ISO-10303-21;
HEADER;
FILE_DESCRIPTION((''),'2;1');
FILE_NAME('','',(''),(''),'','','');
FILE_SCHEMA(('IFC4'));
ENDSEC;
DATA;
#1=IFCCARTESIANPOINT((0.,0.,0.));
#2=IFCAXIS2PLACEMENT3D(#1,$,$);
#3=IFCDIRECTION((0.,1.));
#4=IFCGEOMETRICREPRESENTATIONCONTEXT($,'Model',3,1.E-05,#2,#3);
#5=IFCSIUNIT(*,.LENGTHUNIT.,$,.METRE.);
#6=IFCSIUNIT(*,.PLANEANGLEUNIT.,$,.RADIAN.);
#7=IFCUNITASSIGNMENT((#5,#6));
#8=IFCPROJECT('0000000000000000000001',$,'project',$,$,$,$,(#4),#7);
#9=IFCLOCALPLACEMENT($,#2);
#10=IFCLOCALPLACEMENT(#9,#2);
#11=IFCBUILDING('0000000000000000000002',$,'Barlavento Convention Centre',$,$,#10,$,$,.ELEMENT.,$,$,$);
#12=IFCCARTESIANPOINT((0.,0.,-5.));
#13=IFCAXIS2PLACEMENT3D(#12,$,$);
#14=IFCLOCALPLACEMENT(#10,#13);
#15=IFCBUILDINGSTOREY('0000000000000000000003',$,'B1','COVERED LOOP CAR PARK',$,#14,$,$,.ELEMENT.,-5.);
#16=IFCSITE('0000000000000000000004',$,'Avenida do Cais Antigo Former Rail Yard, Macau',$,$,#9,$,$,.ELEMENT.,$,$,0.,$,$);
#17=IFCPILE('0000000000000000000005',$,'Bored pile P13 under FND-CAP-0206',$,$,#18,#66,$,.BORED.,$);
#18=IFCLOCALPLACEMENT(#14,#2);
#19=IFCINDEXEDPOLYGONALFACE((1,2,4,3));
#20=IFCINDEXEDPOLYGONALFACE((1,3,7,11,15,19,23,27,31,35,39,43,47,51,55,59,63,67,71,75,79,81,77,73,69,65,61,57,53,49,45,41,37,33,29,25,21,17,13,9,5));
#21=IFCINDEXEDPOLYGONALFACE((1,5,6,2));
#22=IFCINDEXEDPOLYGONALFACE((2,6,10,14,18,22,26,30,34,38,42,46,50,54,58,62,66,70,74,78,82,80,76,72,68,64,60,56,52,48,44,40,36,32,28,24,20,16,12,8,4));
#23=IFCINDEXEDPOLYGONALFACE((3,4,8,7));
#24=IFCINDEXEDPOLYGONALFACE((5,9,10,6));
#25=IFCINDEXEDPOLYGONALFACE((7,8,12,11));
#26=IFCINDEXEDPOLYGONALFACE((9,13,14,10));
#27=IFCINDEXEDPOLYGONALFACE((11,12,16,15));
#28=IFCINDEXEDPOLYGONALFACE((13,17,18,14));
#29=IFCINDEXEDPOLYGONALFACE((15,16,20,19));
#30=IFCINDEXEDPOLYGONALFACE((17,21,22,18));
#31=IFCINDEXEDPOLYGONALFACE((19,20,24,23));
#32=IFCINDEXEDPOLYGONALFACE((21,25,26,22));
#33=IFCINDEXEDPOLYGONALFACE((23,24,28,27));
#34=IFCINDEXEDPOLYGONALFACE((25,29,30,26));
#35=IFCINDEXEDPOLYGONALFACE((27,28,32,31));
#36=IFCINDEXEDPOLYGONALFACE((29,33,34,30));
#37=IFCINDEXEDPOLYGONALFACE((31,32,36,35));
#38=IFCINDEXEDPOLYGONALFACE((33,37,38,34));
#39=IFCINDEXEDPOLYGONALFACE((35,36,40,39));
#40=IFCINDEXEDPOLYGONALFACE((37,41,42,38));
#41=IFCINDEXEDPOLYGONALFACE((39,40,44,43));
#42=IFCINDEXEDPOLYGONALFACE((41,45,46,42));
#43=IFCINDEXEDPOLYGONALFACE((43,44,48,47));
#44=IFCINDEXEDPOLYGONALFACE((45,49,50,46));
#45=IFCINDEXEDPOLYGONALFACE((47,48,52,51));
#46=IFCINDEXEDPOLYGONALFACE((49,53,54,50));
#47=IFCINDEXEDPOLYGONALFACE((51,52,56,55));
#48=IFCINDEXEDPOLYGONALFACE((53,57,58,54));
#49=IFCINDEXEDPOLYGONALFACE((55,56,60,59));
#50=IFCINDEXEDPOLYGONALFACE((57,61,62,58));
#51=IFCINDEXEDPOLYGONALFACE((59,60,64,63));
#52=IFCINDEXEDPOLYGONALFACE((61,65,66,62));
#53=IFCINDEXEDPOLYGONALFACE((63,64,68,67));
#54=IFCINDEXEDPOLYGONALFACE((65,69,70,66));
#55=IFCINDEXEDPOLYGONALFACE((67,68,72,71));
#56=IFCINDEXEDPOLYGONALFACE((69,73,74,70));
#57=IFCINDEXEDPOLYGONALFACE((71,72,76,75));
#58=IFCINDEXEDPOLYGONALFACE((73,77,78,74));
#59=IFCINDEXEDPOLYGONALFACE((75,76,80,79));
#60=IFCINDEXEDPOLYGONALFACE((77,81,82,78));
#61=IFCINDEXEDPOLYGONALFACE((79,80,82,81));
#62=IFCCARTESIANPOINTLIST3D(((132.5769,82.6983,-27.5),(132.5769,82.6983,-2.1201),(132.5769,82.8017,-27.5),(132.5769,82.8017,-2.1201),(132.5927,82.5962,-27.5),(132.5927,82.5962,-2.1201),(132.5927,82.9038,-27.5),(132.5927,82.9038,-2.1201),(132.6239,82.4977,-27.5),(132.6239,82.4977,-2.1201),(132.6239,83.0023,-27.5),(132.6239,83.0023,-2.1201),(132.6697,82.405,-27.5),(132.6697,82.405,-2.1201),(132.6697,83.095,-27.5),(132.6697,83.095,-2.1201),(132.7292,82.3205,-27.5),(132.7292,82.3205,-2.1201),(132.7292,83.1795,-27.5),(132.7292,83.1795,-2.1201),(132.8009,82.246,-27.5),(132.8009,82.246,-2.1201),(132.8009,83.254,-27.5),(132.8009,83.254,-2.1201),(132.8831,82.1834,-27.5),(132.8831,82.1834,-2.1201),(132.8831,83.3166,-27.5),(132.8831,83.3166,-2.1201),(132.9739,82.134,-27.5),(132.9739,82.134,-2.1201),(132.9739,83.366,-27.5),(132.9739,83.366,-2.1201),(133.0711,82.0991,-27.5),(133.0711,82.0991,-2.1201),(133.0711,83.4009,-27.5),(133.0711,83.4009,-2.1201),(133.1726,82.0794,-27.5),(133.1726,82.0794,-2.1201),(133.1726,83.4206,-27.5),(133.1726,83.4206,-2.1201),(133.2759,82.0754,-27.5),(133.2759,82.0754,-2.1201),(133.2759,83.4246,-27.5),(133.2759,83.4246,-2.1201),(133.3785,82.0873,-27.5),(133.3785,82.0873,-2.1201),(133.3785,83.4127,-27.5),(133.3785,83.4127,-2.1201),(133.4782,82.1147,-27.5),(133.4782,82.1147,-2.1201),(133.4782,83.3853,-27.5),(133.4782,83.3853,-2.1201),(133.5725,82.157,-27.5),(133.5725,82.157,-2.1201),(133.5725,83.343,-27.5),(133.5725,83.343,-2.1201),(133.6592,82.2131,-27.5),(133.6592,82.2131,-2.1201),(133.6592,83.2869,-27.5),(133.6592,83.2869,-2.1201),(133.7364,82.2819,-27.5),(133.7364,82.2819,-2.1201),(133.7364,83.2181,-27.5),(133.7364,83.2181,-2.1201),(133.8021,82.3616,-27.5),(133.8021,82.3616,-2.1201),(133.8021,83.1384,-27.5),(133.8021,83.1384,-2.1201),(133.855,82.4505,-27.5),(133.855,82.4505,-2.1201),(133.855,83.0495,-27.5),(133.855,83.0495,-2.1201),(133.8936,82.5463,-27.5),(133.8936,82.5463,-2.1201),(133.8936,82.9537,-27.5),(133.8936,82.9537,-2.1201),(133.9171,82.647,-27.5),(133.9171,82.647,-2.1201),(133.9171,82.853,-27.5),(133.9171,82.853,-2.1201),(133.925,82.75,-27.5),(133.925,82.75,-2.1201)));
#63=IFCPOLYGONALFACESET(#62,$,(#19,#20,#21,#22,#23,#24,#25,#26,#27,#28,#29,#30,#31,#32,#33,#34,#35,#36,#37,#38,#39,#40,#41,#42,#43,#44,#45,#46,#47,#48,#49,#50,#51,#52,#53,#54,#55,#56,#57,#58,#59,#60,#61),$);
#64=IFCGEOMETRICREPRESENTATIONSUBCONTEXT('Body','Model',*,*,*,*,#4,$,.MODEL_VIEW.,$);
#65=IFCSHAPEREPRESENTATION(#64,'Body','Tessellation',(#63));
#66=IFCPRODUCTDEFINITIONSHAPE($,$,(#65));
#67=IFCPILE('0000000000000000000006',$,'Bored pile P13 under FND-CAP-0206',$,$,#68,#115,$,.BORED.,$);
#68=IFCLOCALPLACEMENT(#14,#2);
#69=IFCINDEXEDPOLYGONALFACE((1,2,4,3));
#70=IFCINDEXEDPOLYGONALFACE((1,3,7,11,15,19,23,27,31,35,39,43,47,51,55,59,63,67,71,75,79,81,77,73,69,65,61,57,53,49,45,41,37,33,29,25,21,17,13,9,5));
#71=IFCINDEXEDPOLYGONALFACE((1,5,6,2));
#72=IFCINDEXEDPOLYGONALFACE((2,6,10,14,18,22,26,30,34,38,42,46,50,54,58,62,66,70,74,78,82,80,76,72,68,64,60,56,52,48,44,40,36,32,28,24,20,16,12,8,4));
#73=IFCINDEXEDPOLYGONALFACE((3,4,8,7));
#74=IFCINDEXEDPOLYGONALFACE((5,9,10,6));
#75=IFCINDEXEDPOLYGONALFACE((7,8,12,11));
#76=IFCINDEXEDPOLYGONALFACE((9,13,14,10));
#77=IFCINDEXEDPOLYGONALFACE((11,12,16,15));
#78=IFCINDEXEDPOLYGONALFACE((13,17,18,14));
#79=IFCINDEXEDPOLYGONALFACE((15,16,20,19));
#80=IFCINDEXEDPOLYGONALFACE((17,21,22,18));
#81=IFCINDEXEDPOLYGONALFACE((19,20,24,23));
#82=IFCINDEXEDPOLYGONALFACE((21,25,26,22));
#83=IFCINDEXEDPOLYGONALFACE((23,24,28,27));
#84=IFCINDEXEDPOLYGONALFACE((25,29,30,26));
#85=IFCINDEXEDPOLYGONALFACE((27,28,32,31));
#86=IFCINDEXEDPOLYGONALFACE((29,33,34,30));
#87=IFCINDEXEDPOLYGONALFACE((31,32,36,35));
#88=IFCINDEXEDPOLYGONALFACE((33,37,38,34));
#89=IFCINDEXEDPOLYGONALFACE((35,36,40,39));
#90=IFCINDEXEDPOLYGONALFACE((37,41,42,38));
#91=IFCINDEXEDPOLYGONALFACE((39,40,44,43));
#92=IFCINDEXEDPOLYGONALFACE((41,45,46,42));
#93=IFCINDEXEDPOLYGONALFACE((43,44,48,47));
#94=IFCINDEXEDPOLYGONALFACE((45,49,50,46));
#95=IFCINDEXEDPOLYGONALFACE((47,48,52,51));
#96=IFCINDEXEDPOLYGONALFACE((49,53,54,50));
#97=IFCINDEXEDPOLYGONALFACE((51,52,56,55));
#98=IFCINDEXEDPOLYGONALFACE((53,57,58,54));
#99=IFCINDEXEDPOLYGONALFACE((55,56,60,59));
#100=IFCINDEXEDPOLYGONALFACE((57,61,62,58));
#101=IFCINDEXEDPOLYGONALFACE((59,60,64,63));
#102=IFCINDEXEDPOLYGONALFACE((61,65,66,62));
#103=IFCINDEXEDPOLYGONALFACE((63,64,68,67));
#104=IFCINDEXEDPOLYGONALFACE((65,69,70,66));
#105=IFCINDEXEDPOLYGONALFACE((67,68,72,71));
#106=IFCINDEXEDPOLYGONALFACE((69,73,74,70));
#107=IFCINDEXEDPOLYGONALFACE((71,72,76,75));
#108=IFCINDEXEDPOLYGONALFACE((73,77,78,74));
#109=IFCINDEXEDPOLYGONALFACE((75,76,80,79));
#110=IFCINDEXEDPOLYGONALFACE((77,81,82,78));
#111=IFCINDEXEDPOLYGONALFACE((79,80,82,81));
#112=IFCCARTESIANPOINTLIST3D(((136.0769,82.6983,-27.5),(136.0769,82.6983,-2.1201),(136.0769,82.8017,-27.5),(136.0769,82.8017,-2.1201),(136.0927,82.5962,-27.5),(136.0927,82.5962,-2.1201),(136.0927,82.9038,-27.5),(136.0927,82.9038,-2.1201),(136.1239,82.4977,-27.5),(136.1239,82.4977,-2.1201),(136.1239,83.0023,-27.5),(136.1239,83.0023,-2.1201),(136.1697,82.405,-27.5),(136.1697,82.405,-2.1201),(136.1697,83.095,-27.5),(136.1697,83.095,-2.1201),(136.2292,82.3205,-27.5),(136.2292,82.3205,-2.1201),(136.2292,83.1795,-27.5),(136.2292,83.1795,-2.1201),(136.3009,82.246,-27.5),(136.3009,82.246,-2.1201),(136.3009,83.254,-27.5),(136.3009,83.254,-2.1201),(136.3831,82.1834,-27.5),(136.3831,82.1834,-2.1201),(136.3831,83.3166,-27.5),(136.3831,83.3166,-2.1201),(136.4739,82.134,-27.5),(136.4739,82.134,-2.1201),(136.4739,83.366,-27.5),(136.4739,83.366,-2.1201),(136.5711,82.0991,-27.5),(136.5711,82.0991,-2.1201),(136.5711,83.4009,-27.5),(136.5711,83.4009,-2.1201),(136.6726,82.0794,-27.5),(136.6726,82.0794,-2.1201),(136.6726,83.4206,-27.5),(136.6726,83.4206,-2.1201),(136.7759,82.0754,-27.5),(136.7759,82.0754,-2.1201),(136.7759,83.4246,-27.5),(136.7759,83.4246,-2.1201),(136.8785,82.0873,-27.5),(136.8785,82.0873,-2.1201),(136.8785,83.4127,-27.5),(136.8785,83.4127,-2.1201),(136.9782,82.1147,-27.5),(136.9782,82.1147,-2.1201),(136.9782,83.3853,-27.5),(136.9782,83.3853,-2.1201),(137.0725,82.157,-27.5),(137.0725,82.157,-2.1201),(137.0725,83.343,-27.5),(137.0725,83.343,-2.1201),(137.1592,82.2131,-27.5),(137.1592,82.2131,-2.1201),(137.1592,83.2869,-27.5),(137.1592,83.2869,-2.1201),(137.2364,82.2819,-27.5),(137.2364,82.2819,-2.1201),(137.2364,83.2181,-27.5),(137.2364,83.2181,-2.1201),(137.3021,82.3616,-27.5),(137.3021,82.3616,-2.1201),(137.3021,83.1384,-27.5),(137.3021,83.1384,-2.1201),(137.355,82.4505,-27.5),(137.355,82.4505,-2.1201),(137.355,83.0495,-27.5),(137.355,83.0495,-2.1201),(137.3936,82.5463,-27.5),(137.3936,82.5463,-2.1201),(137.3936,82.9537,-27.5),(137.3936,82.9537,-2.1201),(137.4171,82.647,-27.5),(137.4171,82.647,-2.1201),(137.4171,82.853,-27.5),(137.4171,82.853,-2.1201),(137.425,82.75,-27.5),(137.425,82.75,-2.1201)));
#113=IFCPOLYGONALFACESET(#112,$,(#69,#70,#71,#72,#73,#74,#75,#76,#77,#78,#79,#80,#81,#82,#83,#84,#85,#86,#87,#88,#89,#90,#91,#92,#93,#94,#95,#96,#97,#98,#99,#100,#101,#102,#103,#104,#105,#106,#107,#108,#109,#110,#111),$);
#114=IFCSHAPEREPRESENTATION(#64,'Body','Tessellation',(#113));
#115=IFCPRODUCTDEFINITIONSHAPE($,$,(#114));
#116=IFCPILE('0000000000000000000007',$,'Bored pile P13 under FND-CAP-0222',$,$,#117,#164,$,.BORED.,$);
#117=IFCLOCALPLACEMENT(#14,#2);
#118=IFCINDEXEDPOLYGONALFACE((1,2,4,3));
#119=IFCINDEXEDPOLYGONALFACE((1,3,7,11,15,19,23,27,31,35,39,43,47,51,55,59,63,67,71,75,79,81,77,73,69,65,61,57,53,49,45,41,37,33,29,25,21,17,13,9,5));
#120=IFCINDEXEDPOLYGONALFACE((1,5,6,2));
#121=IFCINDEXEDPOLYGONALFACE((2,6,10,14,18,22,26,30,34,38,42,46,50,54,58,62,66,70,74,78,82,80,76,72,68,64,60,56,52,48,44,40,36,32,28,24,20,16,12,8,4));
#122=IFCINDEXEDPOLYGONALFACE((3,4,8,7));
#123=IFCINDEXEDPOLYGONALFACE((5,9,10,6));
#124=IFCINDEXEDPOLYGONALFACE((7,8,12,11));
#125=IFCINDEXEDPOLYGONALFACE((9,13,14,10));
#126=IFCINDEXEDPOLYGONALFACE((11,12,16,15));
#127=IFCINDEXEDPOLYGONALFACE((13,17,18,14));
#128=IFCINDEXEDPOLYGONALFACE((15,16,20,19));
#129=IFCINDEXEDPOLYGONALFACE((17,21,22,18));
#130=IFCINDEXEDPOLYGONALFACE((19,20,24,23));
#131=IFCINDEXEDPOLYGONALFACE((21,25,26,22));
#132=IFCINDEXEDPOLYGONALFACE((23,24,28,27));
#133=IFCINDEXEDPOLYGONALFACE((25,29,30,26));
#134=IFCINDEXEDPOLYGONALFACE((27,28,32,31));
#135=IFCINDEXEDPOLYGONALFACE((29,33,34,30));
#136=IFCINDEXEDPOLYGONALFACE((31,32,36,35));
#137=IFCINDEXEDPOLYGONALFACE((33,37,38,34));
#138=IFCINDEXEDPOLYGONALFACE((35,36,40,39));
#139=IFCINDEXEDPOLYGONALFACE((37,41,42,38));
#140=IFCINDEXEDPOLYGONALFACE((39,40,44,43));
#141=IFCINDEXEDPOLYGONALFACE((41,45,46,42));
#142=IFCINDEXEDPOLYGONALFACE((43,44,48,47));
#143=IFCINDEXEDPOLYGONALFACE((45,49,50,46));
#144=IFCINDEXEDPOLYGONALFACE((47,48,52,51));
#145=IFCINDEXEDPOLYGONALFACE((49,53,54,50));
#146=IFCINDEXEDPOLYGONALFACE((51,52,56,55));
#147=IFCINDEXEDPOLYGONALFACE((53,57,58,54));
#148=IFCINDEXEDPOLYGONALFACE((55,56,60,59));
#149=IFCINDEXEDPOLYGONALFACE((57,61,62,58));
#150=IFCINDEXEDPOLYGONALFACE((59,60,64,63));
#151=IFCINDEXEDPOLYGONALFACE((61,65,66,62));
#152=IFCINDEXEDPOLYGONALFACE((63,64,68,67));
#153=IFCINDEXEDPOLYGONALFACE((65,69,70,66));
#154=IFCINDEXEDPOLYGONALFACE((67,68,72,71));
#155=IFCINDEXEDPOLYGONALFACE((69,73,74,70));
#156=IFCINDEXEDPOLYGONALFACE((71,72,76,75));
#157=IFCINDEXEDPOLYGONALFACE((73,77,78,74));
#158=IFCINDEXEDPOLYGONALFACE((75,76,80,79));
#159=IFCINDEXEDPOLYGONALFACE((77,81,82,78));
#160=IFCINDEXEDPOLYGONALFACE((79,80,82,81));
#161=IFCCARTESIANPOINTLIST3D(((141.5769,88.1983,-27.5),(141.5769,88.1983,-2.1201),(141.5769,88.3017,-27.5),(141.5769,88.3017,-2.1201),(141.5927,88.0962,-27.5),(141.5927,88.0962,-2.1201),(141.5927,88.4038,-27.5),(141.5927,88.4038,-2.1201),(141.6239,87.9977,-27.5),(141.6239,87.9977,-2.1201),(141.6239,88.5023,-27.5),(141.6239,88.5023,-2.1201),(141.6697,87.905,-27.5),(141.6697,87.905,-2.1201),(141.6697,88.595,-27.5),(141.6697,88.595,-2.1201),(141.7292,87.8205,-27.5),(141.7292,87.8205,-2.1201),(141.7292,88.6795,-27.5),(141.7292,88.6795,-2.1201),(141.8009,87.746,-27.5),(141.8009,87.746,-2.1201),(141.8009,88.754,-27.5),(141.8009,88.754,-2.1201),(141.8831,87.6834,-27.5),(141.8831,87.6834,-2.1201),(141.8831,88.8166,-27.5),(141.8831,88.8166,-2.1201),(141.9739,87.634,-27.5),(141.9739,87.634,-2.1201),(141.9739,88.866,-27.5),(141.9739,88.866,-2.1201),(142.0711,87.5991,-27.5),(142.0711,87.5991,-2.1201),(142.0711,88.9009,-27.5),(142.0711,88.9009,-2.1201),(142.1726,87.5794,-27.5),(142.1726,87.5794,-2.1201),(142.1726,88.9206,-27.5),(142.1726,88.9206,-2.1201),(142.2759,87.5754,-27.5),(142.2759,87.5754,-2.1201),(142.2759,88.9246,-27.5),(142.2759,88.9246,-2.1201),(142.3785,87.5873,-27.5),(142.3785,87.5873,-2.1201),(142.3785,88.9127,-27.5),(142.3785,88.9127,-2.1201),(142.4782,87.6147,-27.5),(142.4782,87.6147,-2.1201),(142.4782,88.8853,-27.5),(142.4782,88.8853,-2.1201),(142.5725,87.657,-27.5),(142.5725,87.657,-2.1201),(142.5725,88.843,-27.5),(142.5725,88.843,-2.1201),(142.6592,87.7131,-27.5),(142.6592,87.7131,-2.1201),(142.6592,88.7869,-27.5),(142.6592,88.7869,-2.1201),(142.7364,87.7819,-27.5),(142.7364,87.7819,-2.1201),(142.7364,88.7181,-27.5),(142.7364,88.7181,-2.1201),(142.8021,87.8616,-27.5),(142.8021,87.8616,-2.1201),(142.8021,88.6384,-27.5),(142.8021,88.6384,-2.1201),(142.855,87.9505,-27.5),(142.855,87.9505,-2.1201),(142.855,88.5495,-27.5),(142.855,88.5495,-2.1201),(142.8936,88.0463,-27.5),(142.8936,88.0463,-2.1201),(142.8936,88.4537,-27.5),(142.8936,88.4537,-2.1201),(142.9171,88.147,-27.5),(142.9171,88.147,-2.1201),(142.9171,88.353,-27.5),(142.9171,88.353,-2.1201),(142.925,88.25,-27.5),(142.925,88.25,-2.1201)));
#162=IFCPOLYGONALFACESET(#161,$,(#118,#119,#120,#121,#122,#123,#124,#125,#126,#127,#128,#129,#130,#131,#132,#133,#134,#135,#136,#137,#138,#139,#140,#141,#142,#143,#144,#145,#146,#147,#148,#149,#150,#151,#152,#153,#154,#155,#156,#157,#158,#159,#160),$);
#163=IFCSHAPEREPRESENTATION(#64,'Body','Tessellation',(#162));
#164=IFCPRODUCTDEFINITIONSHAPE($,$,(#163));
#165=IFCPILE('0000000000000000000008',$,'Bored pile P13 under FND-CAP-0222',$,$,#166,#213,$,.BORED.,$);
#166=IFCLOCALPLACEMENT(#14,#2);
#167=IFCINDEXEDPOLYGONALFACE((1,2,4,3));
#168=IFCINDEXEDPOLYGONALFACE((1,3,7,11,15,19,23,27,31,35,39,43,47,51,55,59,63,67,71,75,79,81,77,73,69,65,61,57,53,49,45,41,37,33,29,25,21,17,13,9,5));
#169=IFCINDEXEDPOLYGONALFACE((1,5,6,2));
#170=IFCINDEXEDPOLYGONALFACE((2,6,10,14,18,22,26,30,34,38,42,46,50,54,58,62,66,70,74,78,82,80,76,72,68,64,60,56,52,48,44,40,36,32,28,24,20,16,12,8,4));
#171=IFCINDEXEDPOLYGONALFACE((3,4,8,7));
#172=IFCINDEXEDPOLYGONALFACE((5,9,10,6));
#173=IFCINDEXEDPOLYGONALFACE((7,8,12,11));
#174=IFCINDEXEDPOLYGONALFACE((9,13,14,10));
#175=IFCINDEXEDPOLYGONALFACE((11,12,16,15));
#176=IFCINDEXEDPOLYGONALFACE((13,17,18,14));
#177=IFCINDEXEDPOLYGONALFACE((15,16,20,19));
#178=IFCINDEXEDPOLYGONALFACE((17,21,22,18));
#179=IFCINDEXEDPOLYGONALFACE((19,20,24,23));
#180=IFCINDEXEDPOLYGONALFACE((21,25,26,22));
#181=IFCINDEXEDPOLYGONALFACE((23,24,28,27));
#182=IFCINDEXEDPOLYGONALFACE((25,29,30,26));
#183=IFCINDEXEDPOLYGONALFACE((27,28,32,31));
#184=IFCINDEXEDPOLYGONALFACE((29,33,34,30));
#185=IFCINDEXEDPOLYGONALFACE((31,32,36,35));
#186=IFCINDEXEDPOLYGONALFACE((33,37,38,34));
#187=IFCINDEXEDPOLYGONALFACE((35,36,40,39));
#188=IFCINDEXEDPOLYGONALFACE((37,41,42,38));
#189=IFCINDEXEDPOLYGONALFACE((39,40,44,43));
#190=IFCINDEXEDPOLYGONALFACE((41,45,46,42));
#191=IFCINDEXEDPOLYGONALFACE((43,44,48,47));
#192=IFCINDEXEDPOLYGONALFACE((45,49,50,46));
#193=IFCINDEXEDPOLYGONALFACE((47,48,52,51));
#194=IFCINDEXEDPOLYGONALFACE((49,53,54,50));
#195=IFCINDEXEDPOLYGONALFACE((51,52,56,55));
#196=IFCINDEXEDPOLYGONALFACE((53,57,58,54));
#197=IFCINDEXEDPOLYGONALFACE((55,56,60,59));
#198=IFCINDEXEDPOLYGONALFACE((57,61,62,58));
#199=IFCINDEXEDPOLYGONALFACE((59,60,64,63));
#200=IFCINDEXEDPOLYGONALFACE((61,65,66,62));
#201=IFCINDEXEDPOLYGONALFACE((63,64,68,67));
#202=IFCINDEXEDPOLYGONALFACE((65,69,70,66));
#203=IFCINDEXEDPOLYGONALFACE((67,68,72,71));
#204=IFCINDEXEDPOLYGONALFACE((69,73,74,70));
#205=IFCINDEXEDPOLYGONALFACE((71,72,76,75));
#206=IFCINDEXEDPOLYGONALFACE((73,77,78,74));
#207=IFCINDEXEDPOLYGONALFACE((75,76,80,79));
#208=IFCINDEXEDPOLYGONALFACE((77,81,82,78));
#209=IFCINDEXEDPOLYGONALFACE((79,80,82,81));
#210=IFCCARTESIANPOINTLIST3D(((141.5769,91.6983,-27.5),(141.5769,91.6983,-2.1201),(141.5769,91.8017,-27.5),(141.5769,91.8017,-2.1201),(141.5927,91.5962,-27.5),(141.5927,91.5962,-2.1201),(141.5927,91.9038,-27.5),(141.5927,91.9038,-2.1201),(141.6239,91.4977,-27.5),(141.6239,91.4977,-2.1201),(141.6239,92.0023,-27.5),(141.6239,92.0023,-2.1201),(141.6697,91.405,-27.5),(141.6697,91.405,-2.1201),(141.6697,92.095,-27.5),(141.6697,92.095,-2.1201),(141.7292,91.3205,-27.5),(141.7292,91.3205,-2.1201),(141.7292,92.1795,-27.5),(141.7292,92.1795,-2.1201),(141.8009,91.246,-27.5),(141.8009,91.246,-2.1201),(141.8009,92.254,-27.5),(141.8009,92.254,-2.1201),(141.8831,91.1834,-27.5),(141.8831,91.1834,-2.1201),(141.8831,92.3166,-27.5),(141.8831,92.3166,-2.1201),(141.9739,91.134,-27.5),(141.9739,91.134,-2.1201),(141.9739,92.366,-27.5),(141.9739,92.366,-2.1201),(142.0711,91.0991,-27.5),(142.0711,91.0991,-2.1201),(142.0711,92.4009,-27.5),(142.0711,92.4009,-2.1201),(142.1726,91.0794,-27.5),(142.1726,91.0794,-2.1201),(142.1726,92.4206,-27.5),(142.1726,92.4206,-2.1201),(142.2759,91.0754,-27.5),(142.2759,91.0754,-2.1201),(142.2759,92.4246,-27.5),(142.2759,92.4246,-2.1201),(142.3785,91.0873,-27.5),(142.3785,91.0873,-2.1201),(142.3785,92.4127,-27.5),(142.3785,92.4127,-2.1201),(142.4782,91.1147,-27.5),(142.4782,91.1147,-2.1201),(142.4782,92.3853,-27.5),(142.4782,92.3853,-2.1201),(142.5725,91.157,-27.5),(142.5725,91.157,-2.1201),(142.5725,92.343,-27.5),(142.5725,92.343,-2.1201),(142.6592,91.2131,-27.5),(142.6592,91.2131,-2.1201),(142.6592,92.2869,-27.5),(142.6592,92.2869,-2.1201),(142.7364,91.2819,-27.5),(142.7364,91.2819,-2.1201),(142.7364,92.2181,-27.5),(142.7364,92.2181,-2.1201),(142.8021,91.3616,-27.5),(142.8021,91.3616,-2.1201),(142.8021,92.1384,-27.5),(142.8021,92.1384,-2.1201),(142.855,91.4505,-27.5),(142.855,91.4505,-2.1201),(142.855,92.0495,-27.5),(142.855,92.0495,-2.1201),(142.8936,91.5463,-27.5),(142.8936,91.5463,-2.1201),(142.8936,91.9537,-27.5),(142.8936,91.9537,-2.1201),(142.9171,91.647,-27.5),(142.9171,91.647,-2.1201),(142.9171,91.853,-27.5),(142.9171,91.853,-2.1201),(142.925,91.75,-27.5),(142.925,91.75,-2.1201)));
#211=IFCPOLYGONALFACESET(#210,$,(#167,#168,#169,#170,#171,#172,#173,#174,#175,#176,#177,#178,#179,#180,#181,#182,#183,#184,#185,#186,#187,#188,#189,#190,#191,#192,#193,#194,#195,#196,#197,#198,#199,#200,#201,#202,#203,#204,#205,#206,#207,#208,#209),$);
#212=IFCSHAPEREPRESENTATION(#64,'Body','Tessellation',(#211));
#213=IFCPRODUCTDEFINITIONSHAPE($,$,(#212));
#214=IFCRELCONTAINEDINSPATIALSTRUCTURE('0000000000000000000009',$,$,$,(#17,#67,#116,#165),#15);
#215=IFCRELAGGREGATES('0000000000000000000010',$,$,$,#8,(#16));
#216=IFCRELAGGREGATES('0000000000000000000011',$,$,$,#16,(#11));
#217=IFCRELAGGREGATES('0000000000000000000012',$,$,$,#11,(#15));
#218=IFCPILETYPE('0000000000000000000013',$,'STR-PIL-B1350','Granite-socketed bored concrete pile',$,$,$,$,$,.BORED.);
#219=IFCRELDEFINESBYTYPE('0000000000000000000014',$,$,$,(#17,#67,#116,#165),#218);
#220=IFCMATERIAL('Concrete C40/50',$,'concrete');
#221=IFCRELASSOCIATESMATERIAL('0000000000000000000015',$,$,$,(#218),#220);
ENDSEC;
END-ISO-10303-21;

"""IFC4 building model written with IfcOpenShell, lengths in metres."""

from ifc_helpers import new_model, si_unit, direction, frame, origin, origin_2d, place, context, subcontext, project, spatial, circle, extrude, material, material_profile, profile_set, type_object, element, save


model = new_model("IFC4")

# Units and contexts
model_context = context("Model", 3, precision=1e-05, world=origin(), true_north=direction((0.0, 1.0)))
body_context = subcontext(model_context, "Body", "Model", "MODEL_VIEW")
ifc_project = project(units=[si_unit("LENGTHUNIT", "METRE"), si_unit("PLANEANGLEUNIT", "RADIAN")], contexts=[model_context])

# Site, building, storey
site_placement = place(None, origin())
site = spatial("IfcSite", under=ifc_project, at=site_placement, Name="Avenida do Cais Antigo Former Rail Yard, Macau", CompositionType="ELEMENT", RefElevation=0.0)
building_placement = place(site_placement, origin())
building = spatial("IfcBuilding", under=site, at=building_placement, Name="Barlavento Convention Centre", CompositionType="ELEMENT")
storey_placement = place(building_placement, frame((0.0, 0.0, -5.0)))
storey = spatial("IfcBuildingStorey", under=building, at=storey_placement, Name="B1", Description="COVERED LOOP CAR PARK", CompositionType="ELEMENT", Elevation=-5.0)

# Shared definitions
ifc_material_1 = material(Name="Concrete C40/50", Category="concrete")

# Piles
ifc_material_profile_1 = material_profile(ifc_material_1, circle(Radius=0.675, at=origin_2d()), Name="BORED PILE 1350")
ifc_profile_set_1 = profile_set([ifc_material_profile_1], Name="Concrete C40/50")
pile_type_1 = type_object("IfcPileType", Name="STR-PIL-B1350", Description="Granite-socketed bored concrete pile", PredefinedType="BORED", material=ifc_profile_set_1)
for number, where, z_axis, x_axis, name in (
    (1, (133.25, 82.75, -2.1201), (0.0, 0.0, -1.0), (1.0, 0.0, 0.0), "Bored pile P13 under FND-CAP-0206"),
    (2, (136.75, 82.75, -2.1201), (0.0, 0.0, -1.0), (1.0, 0.0, 0.0), "Bored pile P13 under FND-CAP-0206"),
    (3, (142.25, 88.25, -2.1201), (0.0, 0.0, -1.0), (1.0, 0.0, 0.0), "Bored pile P13 under FND-CAP-0222"),
    (4, (142.25, 91.75, -2.1201), (0.0, 0.0, -1.0), (1.0, 0.0, 0.0), "Bored pile P13 under FND-CAP-0222"),
):
    element("IfcPile", number, at=place(storey_placement, frame(where, z_axis=z_axis, x_axis=x_axis)), inside=storey, type_object=pile_type_1, Name=name, PredefinedType="BORED", context=body_context, shape_type="SweptSolid", body=[
        extrude(circle(Radius=0.675, at=origin_2d()), origin(), (0.0, 0.0, 1.0), 25.3799),
    ])

save(model, "model.ifc")
